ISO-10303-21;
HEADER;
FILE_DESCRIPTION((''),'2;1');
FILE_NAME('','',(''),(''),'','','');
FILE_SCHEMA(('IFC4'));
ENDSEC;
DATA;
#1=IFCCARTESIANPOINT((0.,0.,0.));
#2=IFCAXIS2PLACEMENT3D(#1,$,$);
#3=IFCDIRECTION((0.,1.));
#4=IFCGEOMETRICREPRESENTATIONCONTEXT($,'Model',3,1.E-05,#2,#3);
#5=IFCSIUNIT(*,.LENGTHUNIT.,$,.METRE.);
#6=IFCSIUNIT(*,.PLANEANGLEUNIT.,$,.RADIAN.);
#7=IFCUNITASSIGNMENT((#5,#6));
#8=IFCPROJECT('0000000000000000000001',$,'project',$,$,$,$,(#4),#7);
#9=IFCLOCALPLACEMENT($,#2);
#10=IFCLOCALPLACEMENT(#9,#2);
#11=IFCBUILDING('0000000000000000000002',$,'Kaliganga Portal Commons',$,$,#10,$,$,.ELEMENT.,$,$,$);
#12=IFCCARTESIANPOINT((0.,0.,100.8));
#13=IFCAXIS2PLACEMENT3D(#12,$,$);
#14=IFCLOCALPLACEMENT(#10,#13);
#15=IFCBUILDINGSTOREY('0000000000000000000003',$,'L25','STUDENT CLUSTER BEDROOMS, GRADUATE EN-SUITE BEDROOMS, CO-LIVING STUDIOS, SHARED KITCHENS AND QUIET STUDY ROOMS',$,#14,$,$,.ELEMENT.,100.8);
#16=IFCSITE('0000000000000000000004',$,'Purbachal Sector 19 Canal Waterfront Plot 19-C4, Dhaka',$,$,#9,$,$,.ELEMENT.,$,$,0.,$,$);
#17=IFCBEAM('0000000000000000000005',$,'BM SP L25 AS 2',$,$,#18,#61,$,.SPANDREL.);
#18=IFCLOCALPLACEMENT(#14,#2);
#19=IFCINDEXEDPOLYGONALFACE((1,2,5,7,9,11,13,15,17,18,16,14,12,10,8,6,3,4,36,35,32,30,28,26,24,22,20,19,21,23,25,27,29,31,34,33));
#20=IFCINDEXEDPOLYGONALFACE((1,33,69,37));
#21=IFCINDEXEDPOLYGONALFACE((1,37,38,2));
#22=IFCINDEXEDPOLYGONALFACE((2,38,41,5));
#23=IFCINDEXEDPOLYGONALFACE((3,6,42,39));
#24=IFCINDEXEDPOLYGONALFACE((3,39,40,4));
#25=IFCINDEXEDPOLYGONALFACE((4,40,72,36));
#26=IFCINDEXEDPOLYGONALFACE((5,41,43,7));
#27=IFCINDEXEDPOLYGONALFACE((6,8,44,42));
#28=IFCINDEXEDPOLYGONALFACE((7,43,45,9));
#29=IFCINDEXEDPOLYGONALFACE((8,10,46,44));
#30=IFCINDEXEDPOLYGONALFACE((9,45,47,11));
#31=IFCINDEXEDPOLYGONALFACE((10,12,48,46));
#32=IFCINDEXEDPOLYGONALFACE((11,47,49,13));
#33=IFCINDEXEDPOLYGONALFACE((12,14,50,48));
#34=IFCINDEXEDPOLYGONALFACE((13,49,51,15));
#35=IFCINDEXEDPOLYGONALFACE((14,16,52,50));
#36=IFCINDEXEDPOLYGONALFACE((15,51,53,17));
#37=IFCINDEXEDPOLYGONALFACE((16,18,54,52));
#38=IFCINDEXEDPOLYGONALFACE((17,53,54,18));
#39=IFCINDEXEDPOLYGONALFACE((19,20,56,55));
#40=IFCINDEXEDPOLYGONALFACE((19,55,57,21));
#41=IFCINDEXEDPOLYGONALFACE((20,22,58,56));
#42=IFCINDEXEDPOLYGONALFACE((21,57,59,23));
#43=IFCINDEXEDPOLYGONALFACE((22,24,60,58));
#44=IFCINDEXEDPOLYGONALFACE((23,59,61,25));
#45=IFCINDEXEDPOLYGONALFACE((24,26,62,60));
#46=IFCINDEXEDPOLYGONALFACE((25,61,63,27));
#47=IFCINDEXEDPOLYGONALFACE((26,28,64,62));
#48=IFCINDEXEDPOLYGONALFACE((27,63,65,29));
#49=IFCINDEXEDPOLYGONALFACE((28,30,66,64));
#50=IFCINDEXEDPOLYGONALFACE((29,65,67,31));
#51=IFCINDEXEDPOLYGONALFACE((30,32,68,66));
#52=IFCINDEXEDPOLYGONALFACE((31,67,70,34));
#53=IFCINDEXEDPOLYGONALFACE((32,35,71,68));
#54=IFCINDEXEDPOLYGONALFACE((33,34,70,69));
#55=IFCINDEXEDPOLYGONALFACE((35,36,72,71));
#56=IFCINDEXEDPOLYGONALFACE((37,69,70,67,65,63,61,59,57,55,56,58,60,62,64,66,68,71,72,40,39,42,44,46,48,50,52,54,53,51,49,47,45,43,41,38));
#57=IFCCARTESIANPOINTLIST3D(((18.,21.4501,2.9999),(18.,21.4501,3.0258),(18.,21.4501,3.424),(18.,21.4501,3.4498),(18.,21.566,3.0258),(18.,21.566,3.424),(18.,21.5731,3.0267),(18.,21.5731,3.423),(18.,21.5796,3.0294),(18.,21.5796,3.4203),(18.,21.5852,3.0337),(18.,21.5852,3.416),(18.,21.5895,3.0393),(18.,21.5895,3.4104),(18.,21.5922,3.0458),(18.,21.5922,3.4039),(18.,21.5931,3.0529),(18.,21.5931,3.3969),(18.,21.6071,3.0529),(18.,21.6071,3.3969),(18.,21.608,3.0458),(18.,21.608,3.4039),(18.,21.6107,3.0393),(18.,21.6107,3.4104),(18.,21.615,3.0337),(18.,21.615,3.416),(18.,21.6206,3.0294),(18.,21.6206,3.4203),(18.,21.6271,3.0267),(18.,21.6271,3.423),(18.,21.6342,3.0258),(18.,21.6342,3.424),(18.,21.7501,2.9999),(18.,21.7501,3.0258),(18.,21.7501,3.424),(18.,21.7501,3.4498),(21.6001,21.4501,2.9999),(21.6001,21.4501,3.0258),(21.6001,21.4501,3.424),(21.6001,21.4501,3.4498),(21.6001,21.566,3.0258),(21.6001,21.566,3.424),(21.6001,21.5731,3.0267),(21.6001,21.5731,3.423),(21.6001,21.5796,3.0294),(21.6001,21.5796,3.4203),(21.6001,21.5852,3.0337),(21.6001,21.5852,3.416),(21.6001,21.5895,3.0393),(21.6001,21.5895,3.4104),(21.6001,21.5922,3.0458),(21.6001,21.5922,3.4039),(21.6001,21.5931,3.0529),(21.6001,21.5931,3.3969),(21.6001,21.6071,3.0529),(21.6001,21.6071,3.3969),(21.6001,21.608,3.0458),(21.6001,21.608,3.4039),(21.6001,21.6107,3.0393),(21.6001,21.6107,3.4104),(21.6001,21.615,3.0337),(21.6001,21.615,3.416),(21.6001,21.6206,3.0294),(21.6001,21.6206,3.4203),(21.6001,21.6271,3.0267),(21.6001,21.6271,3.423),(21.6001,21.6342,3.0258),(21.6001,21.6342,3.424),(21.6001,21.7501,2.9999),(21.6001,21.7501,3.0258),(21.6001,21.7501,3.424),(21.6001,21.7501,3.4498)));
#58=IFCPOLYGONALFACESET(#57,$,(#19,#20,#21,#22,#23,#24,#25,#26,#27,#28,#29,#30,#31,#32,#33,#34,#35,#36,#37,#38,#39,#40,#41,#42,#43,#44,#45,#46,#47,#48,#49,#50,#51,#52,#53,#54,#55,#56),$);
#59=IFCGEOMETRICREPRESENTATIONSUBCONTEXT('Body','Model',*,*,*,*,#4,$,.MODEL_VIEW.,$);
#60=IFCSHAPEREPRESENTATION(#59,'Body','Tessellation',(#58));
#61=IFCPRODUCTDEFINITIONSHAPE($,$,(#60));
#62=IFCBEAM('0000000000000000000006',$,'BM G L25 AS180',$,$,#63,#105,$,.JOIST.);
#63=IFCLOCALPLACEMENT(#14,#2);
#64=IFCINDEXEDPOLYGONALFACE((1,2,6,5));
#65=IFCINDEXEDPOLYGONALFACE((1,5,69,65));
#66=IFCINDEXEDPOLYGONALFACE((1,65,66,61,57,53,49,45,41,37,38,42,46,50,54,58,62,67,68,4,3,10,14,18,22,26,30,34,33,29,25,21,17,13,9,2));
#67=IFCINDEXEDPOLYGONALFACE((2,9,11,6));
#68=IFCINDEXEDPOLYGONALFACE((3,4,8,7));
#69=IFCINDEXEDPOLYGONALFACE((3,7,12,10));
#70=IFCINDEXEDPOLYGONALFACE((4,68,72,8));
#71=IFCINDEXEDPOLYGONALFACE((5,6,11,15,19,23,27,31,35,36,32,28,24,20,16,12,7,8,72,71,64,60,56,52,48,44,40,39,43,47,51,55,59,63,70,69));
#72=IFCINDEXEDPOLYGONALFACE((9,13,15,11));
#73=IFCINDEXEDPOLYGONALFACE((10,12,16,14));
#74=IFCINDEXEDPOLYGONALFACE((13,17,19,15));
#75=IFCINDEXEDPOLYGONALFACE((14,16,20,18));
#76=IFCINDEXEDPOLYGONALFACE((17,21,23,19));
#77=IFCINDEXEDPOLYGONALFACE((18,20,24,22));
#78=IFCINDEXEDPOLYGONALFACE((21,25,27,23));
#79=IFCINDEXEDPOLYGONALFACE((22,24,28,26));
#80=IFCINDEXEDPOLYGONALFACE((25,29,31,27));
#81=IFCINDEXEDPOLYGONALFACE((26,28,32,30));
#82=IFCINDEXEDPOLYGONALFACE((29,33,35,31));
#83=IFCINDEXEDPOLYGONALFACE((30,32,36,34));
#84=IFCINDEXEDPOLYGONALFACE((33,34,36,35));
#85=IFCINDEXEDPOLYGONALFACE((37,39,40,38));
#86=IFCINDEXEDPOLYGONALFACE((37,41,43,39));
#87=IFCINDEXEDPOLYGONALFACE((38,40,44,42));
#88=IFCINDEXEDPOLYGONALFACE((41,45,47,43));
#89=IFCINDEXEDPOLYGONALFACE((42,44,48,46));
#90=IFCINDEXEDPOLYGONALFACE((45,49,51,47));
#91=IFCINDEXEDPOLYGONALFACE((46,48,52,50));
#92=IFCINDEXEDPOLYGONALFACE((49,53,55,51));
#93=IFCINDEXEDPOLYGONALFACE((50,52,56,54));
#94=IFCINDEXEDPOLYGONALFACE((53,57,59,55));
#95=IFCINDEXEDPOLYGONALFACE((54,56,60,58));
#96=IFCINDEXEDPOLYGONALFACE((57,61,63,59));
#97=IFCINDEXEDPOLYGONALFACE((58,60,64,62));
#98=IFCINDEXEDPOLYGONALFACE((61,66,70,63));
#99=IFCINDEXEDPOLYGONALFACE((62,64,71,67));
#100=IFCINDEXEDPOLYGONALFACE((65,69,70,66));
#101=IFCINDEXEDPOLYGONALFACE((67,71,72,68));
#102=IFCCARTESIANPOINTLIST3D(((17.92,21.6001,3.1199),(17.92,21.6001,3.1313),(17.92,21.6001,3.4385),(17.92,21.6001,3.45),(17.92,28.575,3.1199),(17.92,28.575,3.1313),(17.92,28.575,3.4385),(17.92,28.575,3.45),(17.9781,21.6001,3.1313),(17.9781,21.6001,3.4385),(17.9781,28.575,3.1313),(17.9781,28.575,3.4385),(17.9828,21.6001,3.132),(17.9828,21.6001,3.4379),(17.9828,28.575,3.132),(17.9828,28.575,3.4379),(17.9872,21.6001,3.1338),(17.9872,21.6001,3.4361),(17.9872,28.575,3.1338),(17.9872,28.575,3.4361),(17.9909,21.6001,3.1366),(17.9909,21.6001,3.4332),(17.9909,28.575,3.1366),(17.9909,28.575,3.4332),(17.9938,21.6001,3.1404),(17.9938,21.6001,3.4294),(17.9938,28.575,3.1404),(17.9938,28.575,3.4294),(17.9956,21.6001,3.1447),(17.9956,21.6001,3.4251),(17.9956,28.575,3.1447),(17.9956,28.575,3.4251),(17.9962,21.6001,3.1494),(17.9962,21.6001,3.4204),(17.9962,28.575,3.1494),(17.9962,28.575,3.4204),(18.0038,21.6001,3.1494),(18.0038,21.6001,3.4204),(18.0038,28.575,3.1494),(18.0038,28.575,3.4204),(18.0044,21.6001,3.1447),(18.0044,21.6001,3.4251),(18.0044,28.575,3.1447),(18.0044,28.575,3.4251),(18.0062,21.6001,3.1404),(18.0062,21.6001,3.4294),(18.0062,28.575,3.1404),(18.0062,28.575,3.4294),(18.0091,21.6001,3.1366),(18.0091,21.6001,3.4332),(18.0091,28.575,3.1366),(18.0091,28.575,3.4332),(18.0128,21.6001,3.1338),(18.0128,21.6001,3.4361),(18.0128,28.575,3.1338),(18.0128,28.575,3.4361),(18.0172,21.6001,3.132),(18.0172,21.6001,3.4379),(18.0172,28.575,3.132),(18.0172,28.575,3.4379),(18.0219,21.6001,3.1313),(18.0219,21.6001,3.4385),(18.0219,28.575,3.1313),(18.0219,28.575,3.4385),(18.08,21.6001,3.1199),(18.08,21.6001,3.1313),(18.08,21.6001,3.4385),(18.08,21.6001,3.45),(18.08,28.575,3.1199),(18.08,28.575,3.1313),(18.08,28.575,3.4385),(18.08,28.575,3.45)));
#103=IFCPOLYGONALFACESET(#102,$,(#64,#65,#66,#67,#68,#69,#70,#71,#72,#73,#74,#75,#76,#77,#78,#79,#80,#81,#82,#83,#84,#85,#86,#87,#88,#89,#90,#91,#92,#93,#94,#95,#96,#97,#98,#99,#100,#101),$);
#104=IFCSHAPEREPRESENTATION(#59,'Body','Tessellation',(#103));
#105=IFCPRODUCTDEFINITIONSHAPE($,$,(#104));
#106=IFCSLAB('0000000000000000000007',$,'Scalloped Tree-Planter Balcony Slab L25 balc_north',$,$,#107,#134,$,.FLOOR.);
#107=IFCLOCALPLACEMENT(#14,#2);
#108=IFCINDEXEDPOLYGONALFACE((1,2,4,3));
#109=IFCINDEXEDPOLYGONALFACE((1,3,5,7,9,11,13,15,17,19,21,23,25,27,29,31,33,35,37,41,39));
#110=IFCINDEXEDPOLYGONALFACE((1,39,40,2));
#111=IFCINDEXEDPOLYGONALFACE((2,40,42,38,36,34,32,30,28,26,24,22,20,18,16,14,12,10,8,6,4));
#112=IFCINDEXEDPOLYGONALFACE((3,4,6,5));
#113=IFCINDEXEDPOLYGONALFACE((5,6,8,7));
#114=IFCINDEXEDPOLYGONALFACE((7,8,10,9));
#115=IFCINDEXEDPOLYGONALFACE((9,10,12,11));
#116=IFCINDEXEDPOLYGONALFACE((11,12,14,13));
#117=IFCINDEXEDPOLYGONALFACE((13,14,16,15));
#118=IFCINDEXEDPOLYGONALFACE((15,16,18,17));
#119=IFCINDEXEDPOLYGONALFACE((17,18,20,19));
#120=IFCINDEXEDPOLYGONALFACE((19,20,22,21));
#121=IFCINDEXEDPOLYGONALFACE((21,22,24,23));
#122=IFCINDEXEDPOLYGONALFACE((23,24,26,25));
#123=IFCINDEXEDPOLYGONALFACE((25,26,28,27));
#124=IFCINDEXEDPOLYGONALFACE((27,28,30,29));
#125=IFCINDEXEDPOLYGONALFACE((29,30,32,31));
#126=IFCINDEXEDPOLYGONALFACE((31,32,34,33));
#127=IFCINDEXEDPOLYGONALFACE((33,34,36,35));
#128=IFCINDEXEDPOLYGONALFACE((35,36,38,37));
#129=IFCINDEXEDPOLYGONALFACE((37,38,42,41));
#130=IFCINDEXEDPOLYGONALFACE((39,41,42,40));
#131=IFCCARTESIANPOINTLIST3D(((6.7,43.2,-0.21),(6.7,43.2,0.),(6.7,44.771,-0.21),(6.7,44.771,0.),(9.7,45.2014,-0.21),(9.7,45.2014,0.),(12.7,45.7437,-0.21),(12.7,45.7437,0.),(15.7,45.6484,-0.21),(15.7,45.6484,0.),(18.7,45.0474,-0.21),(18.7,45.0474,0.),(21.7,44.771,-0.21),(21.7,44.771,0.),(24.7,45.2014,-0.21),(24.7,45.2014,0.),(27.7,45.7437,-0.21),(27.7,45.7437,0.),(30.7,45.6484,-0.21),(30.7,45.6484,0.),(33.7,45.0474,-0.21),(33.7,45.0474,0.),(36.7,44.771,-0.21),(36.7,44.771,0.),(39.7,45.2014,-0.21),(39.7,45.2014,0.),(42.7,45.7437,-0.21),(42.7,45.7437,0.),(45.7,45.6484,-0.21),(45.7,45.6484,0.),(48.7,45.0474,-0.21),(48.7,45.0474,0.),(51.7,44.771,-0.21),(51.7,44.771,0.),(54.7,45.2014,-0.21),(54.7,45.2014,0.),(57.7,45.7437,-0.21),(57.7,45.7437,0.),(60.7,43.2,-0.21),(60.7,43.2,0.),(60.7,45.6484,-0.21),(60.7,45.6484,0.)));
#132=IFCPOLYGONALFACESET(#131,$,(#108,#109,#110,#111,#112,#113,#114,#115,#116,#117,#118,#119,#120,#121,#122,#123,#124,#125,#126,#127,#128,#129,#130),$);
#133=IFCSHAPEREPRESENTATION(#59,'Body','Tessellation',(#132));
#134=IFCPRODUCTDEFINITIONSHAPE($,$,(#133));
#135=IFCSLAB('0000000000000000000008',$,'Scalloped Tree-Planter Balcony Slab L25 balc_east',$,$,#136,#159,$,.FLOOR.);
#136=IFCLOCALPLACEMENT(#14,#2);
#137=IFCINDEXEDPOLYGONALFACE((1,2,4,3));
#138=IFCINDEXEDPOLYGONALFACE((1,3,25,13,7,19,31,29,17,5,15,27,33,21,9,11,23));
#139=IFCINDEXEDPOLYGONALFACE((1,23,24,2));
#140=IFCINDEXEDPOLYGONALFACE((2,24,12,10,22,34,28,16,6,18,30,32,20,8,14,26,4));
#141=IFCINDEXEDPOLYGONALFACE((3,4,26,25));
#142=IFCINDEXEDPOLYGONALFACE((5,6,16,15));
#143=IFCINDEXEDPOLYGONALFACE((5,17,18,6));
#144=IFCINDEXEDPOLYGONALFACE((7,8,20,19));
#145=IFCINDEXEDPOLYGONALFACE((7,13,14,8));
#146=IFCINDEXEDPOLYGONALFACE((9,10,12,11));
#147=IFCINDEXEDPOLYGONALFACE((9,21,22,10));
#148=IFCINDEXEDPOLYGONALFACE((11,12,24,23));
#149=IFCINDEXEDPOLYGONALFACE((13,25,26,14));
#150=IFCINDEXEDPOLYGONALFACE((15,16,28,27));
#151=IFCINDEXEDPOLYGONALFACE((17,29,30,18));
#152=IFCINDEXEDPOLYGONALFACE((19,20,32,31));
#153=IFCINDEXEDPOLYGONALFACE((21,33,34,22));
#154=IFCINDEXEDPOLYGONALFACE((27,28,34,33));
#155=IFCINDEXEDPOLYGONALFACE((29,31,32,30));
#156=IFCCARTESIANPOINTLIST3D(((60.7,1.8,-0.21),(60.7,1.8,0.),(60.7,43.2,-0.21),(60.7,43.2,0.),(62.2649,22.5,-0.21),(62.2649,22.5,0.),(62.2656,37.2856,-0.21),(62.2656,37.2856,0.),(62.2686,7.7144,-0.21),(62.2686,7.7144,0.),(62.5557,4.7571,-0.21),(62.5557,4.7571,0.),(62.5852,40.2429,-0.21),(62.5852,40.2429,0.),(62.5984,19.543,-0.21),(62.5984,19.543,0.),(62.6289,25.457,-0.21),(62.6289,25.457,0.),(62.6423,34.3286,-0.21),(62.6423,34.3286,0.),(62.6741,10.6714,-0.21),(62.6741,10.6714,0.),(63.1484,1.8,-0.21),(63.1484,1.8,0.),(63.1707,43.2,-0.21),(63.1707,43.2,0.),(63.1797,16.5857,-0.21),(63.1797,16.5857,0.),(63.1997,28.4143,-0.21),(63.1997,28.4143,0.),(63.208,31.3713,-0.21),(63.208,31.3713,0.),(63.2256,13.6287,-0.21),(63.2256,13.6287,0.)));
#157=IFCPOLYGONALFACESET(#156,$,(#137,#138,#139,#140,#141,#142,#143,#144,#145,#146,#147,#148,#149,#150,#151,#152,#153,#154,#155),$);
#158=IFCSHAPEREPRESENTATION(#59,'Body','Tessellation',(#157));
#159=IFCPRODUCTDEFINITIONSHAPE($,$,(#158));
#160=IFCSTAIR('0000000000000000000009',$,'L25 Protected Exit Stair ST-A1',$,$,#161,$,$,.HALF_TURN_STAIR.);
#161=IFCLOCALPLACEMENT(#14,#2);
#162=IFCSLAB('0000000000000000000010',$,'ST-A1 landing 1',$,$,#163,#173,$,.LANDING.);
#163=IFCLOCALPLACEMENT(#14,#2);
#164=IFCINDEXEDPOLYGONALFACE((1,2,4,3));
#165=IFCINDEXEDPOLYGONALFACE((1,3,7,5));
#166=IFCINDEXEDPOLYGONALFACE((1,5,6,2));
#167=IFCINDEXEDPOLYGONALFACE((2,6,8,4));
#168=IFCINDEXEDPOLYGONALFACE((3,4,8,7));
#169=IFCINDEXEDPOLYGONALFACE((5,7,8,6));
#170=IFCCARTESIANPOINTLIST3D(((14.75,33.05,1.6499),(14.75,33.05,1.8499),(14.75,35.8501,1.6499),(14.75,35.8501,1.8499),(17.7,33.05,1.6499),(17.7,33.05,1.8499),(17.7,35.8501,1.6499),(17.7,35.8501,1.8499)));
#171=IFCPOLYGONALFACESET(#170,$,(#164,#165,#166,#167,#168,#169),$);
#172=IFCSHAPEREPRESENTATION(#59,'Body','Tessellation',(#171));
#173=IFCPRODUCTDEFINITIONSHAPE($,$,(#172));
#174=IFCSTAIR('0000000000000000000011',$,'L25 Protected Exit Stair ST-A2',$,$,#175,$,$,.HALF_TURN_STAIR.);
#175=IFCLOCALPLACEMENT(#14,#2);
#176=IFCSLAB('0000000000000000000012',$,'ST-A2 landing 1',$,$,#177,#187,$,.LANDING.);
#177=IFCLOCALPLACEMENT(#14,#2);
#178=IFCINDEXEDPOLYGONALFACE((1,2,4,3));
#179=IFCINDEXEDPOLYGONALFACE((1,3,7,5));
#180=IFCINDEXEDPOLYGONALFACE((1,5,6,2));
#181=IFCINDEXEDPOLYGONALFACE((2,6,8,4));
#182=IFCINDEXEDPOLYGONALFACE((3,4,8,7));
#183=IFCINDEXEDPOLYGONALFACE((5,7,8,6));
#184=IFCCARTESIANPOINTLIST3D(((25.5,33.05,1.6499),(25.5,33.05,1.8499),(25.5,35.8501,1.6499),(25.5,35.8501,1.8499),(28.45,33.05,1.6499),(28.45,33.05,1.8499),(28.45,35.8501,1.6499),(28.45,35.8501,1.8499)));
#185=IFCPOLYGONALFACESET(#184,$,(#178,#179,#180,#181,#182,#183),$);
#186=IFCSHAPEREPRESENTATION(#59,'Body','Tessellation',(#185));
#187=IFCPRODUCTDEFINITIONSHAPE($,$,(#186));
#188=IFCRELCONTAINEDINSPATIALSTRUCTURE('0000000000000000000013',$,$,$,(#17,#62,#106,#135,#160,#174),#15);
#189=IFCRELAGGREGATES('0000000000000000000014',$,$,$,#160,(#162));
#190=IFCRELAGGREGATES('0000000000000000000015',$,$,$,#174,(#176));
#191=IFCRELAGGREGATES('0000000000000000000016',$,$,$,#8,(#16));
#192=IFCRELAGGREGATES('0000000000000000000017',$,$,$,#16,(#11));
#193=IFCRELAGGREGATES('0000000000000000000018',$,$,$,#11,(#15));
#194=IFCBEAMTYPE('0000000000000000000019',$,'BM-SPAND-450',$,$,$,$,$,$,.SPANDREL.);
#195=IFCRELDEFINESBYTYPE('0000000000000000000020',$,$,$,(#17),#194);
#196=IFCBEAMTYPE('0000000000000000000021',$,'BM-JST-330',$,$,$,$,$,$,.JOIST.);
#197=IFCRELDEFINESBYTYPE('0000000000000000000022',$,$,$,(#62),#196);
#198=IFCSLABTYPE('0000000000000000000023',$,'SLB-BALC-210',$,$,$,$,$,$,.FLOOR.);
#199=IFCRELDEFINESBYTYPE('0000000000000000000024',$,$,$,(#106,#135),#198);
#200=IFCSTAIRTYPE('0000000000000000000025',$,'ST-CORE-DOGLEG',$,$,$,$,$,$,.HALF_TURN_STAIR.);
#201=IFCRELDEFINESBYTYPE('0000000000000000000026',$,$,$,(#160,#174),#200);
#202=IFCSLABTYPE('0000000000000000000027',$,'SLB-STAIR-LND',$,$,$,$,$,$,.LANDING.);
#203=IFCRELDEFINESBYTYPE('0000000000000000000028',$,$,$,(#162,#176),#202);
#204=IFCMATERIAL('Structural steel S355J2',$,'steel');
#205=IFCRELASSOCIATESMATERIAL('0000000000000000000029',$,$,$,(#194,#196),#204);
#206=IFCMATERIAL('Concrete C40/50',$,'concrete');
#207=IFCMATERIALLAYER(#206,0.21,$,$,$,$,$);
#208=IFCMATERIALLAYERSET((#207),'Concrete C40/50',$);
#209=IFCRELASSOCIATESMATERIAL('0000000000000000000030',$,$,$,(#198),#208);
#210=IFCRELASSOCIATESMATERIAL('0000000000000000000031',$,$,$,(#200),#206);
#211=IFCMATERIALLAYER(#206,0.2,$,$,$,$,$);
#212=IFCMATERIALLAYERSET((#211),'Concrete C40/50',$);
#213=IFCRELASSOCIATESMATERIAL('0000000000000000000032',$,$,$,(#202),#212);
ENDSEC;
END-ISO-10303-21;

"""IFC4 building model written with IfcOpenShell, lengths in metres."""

from ifc_helpers import new_model, si_unit, direction, frame, origin, origin_2d, place, context, subcontext, project, spatial, polyline, i_section, outline, extrude, source, transform, mapped, material, layer, layer_set, material_profile, profile_set, type_object, element, aggregate, save


model = new_model("IFC4")

# Units and contexts
model_context = context("Model", 3, precision=1e-05, world=origin(), true_north=direction((0.0, 1.0)))
body_context = subcontext(model_context, "Body", "Model", "MODEL_VIEW")
ifc_project = project(units=[si_unit("LENGTHUNIT", "METRE"), si_unit("PLANEANGLEUNIT", "RADIAN")], contexts=[model_context])

# Site, building, storey
site_placement = place(None, origin())
site = spatial("IfcSite", under=ifc_project, at=site_placement, Name="Purbachal Sector 19 Canal Waterfront Plot 19-C4, Dhaka", CompositionType="ELEMENT", RefElevation=0.0)
building_placement = place(site_placement, origin())
building = spatial("IfcBuilding", under=site, at=building_placement, Name="Kaliganga Portal Commons", CompositionType="ELEMENT")
storey_placement = place(building_placement, frame((0.0, 0.0, 100.8)))
storey = spatial("IfcBuildingStorey", under=building, at=storey_placement, Name="L25", Description="STUDENT CLUSTER BEDROOMS, GRADUATE EN-SUITE BEDROOMS, CO-LIVING STUDIOS, SHARED KITCHENS AND QUIET STUDY ROOMS", CompositionType="ELEMENT", Elevation=100.8)

# Beams
ifc_material_1 = material(Name="Structural steel S355J2", Category="steel")
ifc_material_profile_1 = material_profile(ifc_material_1, i_section(OverallWidth=0.3, OverallDepth=0.45, WebThickness=0.0139, FlangeThickness=0.0259, FilletRadius=0.0271, at=origin_2d()), Name="HE 450 B")
ifc_profile_set_1 = profile_set([ifc_material_profile_1], Name="Structural steel S355J2 wide-flange")
beam_type_1 = type_object("IfcBeamType", Name="BM-SPAND-450", PredefinedType="SPANDREL", material=ifc_profile_set_1)
shared_shape_1 = source(origin(), body_context, "Body", "SweptSolid", [
    extrude(i_section(OverallWidth=0.3, OverallDepth=0.45, WebThickness=0.0139, FlangeThickness=0.0259, FilletRadius=0.0271, at=origin_2d()), origin(), (0.0, 0.0, 1.0), 3.6001),
])
for number, where, z_axis, x_axis, name in (
    (1, (18.0, 21.6001, 3.2249), (1.0, 0.0, 0.0), (0.0, 1.0, 0.0), "BM SP L25 AS 2"),
):
    element("IfcBeam", number, at=place(storey_placement, frame(where, z_axis=z_axis, x_axis=x_axis)), inside=storey, type_object=beam_type_1, Name=name, PredefinedType="SPANDREL", context=body_context, shape_type="MappedRepresentation", body=[
        mapped(shared_shape_1, transform((0.0, 0.0, 0.0), x_axis=(1.0, 0.0, 0.0), y_axis=(0.0, 1.0, 0.0), z_axis=(0.0, 0.0, 1.0), scale=1.0)),
    ])
ifc_material_profile_2 = material_profile(ifc_material_1, i_section(OverallWidth=0.1599, OverallDepth=0.3301, WebThickness=0.0076, FlangeThickness=0.0115, FilletRadius=0.0181, at=origin_2d()), Name="IPE 330")
ifc_profile_set_2 = profile_set([ifc_material_profile_2], Name="Structural steel S355J2 wide-flange")
beam_type_2 = type_object("IfcBeamType", Name="BM-JST-330", PredefinedType="JOIST", material=ifc_profile_set_2)
shared_shape_2 = source(origin(), body_context, "Body", "SweptSolid", [
    extrude(i_section(OverallWidth=0.1599, OverallDepth=0.3301, WebThickness=0.0076, FlangeThickness=0.0115, FilletRadius=0.0181, at=origin_2d()), origin(), (0.0, 0.0, 1.0), 6.9749),
])
beam_1_placement = place(storey_placement, frame((18.0, 21.6001, 3.2849), z_axis=(0.0, 1.0, 0.0), x_axis=(-1.0, 0.0, 0.0)))
element("IfcBeam", 2, at=beam_1_placement, inside=storey, type_object=beam_type_2, Name="BM G L25 AS180", PredefinedType="JOIST", context=body_context, shape_type="MappedRepresentation", body=[
    mapped(shared_shape_2, transform((0.0, 0.0, 0.0), x_axis=(1.0, 0.0, 0.0), y_axis=(0.0, 1.0, 0.0), z_axis=(0.0, 0.0, 1.0), scale=1.0)),
])

# Slabs
ifc_material_2 = material(Name="Concrete C40/50", Category="concrete")
ifc_layer_1 = layer(ifc_material_2, 0.21)
ifc_layer_set_1 = layer_set([ifc_layer_1], Name="Concrete C40/50")
slab_type_1 = type_object("IfcSlabType", Name="SLB-BALC-210", PredefinedType="FLOOR", material=ifc_layer_set_1)
slab_1_placement = place(storey_placement, frame((0.0, 0.0, -0.21)))
element("IfcSlab", 3, at=slab_1_placement, inside=storey, type_object=slab_type_1, Name="Scalloped Tree-Planter Balcony Slab L25 balc_north", PredefinedType="FLOOR", context=body_context, shape_type="SweptSolid", body=[
    extrude(outline(polyline([(60.7, 43.2), (60.7, 45.6484), (57.7, 45.7437), (54.7, 45.2014), (51.7, 44.771), (48.7, 45.0474), (45.7, 45.6484), (42.7, 45.7437), (39.7, 45.2014), (36.7, 44.771), (33.7, 45.0474), (30.7, 45.6484), (27.7, 45.7437), (24.7, 45.2014), (21.7, 44.771), (18.7, 45.0474), (15.7, 45.6484), (12.7, 45.7437), (9.7, 45.2014), (6.7, 44.771), (6.7, 43.2), (60.7, 43.2)])), origin(), (0.0, 0.0, 1.0), 0.21),
])
slab_2_placement = place(storey_placement, frame((0.0, 0.0, -0.21)))
element("IfcSlab", 4, at=slab_2_placement, inside=storey, type_object=slab_type_1, Name="Scalloped Tree-Planter Balcony Slab L25 balc_east", PredefinedType="FLOOR", context=body_context, shape_type="SweptSolid", body=[
    extrude(outline(polyline([(60.7, 1.8), (63.1484, 1.8), (62.5557, 4.7571), (62.2686, 7.7144), (62.6741, 10.6714), (63.2256, 13.6287), (63.1797, 16.5857), (62.5984, 19.543), (62.2649, 22.5), (62.6289, 25.457), (63.1997, 28.4143), (63.208, 31.3713), (62.6423, 34.3286), (62.2656, 37.2856), (62.5852, 40.2429), (63.1707, 43.2), (60.7, 43.2), (60.7, 1.8)])), origin(), (0.0, 0.0, 1.0), 0.21),
])

# Stairs, slabs
stair_type = type_object("IfcStairType", Name="ST-CORE-DOGLEG", PredefinedType="HALF_TURN_STAIR", material=ifc_material_2)
stair_1_placement = place(storey_placement, origin())
stair_1 = element("IfcStair", 5, at=stair_1_placement, inside=storey, type_object=stair_type, Name="L25 Protected Exit Stair ST-A1", PredefinedType="HALF_TURN_STAIR")
ifc_layer_2 = layer(ifc_material_2, 0.2)
ifc_layer_set_2 = layer_set([ifc_layer_2], Name="Concrete C40/50")
slab_type_2 = type_object("IfcSlabType", Name="SLB-STAIR-LND", PredefinedType="LANDING", material=ifc_layer_set_2)
slab_3_placement = place(storey_placement, frame((0.0, 0.0, 1.6499)))
slab_3 = element("IfcSlab", 6, at=slab_3_placement, type_object=slab_type_2, Name="ST-A1 landing 1", PredefinedType="LANDING", context=body_context, shape_type="SweptSolid", body=[
    extrude(outline(polyline([(17.7, 33.05), (17.7, 35.8501), (14.75, 35.8501), (14.75, 33.05), (17.7, 33.05)])), origin(), (0.0, 0.0, 1.0), 0.2),
])
aggregate(stair_1, [slab_3])
stair_2_placement = place(storey_placement, origin())
stair_2 = element("IfcStair", 7, at=stair_2_placement, inside=storey, type_object=stair_type, Name="L25 Protected Exit Stair ST-A2", PredefinedType="HALF_TURN_STAIR")
slab_4_placement = place(storey_placement, frame((0.0, 0.0, 1.6499)))
slab_4 = element("IfcSlab", 8, at=slab_4_placement, type_object=slab_type_2, Name="ST-A2 landing 1", PredefinedType="LANDING", context=body_context, shape_type="SweptSolid", body=[
    extrude(outline(polyline([(28.45, 33.05), (28.45, 35.8501), (25.5, 35.8501), (25.5, 33.05), (28.45, 33.05)])), origin(), (0.0, 0.0, 1.0), 0.2),
])
aggregate(stair_2, [slab_4])

save(model, "model.ifc")
